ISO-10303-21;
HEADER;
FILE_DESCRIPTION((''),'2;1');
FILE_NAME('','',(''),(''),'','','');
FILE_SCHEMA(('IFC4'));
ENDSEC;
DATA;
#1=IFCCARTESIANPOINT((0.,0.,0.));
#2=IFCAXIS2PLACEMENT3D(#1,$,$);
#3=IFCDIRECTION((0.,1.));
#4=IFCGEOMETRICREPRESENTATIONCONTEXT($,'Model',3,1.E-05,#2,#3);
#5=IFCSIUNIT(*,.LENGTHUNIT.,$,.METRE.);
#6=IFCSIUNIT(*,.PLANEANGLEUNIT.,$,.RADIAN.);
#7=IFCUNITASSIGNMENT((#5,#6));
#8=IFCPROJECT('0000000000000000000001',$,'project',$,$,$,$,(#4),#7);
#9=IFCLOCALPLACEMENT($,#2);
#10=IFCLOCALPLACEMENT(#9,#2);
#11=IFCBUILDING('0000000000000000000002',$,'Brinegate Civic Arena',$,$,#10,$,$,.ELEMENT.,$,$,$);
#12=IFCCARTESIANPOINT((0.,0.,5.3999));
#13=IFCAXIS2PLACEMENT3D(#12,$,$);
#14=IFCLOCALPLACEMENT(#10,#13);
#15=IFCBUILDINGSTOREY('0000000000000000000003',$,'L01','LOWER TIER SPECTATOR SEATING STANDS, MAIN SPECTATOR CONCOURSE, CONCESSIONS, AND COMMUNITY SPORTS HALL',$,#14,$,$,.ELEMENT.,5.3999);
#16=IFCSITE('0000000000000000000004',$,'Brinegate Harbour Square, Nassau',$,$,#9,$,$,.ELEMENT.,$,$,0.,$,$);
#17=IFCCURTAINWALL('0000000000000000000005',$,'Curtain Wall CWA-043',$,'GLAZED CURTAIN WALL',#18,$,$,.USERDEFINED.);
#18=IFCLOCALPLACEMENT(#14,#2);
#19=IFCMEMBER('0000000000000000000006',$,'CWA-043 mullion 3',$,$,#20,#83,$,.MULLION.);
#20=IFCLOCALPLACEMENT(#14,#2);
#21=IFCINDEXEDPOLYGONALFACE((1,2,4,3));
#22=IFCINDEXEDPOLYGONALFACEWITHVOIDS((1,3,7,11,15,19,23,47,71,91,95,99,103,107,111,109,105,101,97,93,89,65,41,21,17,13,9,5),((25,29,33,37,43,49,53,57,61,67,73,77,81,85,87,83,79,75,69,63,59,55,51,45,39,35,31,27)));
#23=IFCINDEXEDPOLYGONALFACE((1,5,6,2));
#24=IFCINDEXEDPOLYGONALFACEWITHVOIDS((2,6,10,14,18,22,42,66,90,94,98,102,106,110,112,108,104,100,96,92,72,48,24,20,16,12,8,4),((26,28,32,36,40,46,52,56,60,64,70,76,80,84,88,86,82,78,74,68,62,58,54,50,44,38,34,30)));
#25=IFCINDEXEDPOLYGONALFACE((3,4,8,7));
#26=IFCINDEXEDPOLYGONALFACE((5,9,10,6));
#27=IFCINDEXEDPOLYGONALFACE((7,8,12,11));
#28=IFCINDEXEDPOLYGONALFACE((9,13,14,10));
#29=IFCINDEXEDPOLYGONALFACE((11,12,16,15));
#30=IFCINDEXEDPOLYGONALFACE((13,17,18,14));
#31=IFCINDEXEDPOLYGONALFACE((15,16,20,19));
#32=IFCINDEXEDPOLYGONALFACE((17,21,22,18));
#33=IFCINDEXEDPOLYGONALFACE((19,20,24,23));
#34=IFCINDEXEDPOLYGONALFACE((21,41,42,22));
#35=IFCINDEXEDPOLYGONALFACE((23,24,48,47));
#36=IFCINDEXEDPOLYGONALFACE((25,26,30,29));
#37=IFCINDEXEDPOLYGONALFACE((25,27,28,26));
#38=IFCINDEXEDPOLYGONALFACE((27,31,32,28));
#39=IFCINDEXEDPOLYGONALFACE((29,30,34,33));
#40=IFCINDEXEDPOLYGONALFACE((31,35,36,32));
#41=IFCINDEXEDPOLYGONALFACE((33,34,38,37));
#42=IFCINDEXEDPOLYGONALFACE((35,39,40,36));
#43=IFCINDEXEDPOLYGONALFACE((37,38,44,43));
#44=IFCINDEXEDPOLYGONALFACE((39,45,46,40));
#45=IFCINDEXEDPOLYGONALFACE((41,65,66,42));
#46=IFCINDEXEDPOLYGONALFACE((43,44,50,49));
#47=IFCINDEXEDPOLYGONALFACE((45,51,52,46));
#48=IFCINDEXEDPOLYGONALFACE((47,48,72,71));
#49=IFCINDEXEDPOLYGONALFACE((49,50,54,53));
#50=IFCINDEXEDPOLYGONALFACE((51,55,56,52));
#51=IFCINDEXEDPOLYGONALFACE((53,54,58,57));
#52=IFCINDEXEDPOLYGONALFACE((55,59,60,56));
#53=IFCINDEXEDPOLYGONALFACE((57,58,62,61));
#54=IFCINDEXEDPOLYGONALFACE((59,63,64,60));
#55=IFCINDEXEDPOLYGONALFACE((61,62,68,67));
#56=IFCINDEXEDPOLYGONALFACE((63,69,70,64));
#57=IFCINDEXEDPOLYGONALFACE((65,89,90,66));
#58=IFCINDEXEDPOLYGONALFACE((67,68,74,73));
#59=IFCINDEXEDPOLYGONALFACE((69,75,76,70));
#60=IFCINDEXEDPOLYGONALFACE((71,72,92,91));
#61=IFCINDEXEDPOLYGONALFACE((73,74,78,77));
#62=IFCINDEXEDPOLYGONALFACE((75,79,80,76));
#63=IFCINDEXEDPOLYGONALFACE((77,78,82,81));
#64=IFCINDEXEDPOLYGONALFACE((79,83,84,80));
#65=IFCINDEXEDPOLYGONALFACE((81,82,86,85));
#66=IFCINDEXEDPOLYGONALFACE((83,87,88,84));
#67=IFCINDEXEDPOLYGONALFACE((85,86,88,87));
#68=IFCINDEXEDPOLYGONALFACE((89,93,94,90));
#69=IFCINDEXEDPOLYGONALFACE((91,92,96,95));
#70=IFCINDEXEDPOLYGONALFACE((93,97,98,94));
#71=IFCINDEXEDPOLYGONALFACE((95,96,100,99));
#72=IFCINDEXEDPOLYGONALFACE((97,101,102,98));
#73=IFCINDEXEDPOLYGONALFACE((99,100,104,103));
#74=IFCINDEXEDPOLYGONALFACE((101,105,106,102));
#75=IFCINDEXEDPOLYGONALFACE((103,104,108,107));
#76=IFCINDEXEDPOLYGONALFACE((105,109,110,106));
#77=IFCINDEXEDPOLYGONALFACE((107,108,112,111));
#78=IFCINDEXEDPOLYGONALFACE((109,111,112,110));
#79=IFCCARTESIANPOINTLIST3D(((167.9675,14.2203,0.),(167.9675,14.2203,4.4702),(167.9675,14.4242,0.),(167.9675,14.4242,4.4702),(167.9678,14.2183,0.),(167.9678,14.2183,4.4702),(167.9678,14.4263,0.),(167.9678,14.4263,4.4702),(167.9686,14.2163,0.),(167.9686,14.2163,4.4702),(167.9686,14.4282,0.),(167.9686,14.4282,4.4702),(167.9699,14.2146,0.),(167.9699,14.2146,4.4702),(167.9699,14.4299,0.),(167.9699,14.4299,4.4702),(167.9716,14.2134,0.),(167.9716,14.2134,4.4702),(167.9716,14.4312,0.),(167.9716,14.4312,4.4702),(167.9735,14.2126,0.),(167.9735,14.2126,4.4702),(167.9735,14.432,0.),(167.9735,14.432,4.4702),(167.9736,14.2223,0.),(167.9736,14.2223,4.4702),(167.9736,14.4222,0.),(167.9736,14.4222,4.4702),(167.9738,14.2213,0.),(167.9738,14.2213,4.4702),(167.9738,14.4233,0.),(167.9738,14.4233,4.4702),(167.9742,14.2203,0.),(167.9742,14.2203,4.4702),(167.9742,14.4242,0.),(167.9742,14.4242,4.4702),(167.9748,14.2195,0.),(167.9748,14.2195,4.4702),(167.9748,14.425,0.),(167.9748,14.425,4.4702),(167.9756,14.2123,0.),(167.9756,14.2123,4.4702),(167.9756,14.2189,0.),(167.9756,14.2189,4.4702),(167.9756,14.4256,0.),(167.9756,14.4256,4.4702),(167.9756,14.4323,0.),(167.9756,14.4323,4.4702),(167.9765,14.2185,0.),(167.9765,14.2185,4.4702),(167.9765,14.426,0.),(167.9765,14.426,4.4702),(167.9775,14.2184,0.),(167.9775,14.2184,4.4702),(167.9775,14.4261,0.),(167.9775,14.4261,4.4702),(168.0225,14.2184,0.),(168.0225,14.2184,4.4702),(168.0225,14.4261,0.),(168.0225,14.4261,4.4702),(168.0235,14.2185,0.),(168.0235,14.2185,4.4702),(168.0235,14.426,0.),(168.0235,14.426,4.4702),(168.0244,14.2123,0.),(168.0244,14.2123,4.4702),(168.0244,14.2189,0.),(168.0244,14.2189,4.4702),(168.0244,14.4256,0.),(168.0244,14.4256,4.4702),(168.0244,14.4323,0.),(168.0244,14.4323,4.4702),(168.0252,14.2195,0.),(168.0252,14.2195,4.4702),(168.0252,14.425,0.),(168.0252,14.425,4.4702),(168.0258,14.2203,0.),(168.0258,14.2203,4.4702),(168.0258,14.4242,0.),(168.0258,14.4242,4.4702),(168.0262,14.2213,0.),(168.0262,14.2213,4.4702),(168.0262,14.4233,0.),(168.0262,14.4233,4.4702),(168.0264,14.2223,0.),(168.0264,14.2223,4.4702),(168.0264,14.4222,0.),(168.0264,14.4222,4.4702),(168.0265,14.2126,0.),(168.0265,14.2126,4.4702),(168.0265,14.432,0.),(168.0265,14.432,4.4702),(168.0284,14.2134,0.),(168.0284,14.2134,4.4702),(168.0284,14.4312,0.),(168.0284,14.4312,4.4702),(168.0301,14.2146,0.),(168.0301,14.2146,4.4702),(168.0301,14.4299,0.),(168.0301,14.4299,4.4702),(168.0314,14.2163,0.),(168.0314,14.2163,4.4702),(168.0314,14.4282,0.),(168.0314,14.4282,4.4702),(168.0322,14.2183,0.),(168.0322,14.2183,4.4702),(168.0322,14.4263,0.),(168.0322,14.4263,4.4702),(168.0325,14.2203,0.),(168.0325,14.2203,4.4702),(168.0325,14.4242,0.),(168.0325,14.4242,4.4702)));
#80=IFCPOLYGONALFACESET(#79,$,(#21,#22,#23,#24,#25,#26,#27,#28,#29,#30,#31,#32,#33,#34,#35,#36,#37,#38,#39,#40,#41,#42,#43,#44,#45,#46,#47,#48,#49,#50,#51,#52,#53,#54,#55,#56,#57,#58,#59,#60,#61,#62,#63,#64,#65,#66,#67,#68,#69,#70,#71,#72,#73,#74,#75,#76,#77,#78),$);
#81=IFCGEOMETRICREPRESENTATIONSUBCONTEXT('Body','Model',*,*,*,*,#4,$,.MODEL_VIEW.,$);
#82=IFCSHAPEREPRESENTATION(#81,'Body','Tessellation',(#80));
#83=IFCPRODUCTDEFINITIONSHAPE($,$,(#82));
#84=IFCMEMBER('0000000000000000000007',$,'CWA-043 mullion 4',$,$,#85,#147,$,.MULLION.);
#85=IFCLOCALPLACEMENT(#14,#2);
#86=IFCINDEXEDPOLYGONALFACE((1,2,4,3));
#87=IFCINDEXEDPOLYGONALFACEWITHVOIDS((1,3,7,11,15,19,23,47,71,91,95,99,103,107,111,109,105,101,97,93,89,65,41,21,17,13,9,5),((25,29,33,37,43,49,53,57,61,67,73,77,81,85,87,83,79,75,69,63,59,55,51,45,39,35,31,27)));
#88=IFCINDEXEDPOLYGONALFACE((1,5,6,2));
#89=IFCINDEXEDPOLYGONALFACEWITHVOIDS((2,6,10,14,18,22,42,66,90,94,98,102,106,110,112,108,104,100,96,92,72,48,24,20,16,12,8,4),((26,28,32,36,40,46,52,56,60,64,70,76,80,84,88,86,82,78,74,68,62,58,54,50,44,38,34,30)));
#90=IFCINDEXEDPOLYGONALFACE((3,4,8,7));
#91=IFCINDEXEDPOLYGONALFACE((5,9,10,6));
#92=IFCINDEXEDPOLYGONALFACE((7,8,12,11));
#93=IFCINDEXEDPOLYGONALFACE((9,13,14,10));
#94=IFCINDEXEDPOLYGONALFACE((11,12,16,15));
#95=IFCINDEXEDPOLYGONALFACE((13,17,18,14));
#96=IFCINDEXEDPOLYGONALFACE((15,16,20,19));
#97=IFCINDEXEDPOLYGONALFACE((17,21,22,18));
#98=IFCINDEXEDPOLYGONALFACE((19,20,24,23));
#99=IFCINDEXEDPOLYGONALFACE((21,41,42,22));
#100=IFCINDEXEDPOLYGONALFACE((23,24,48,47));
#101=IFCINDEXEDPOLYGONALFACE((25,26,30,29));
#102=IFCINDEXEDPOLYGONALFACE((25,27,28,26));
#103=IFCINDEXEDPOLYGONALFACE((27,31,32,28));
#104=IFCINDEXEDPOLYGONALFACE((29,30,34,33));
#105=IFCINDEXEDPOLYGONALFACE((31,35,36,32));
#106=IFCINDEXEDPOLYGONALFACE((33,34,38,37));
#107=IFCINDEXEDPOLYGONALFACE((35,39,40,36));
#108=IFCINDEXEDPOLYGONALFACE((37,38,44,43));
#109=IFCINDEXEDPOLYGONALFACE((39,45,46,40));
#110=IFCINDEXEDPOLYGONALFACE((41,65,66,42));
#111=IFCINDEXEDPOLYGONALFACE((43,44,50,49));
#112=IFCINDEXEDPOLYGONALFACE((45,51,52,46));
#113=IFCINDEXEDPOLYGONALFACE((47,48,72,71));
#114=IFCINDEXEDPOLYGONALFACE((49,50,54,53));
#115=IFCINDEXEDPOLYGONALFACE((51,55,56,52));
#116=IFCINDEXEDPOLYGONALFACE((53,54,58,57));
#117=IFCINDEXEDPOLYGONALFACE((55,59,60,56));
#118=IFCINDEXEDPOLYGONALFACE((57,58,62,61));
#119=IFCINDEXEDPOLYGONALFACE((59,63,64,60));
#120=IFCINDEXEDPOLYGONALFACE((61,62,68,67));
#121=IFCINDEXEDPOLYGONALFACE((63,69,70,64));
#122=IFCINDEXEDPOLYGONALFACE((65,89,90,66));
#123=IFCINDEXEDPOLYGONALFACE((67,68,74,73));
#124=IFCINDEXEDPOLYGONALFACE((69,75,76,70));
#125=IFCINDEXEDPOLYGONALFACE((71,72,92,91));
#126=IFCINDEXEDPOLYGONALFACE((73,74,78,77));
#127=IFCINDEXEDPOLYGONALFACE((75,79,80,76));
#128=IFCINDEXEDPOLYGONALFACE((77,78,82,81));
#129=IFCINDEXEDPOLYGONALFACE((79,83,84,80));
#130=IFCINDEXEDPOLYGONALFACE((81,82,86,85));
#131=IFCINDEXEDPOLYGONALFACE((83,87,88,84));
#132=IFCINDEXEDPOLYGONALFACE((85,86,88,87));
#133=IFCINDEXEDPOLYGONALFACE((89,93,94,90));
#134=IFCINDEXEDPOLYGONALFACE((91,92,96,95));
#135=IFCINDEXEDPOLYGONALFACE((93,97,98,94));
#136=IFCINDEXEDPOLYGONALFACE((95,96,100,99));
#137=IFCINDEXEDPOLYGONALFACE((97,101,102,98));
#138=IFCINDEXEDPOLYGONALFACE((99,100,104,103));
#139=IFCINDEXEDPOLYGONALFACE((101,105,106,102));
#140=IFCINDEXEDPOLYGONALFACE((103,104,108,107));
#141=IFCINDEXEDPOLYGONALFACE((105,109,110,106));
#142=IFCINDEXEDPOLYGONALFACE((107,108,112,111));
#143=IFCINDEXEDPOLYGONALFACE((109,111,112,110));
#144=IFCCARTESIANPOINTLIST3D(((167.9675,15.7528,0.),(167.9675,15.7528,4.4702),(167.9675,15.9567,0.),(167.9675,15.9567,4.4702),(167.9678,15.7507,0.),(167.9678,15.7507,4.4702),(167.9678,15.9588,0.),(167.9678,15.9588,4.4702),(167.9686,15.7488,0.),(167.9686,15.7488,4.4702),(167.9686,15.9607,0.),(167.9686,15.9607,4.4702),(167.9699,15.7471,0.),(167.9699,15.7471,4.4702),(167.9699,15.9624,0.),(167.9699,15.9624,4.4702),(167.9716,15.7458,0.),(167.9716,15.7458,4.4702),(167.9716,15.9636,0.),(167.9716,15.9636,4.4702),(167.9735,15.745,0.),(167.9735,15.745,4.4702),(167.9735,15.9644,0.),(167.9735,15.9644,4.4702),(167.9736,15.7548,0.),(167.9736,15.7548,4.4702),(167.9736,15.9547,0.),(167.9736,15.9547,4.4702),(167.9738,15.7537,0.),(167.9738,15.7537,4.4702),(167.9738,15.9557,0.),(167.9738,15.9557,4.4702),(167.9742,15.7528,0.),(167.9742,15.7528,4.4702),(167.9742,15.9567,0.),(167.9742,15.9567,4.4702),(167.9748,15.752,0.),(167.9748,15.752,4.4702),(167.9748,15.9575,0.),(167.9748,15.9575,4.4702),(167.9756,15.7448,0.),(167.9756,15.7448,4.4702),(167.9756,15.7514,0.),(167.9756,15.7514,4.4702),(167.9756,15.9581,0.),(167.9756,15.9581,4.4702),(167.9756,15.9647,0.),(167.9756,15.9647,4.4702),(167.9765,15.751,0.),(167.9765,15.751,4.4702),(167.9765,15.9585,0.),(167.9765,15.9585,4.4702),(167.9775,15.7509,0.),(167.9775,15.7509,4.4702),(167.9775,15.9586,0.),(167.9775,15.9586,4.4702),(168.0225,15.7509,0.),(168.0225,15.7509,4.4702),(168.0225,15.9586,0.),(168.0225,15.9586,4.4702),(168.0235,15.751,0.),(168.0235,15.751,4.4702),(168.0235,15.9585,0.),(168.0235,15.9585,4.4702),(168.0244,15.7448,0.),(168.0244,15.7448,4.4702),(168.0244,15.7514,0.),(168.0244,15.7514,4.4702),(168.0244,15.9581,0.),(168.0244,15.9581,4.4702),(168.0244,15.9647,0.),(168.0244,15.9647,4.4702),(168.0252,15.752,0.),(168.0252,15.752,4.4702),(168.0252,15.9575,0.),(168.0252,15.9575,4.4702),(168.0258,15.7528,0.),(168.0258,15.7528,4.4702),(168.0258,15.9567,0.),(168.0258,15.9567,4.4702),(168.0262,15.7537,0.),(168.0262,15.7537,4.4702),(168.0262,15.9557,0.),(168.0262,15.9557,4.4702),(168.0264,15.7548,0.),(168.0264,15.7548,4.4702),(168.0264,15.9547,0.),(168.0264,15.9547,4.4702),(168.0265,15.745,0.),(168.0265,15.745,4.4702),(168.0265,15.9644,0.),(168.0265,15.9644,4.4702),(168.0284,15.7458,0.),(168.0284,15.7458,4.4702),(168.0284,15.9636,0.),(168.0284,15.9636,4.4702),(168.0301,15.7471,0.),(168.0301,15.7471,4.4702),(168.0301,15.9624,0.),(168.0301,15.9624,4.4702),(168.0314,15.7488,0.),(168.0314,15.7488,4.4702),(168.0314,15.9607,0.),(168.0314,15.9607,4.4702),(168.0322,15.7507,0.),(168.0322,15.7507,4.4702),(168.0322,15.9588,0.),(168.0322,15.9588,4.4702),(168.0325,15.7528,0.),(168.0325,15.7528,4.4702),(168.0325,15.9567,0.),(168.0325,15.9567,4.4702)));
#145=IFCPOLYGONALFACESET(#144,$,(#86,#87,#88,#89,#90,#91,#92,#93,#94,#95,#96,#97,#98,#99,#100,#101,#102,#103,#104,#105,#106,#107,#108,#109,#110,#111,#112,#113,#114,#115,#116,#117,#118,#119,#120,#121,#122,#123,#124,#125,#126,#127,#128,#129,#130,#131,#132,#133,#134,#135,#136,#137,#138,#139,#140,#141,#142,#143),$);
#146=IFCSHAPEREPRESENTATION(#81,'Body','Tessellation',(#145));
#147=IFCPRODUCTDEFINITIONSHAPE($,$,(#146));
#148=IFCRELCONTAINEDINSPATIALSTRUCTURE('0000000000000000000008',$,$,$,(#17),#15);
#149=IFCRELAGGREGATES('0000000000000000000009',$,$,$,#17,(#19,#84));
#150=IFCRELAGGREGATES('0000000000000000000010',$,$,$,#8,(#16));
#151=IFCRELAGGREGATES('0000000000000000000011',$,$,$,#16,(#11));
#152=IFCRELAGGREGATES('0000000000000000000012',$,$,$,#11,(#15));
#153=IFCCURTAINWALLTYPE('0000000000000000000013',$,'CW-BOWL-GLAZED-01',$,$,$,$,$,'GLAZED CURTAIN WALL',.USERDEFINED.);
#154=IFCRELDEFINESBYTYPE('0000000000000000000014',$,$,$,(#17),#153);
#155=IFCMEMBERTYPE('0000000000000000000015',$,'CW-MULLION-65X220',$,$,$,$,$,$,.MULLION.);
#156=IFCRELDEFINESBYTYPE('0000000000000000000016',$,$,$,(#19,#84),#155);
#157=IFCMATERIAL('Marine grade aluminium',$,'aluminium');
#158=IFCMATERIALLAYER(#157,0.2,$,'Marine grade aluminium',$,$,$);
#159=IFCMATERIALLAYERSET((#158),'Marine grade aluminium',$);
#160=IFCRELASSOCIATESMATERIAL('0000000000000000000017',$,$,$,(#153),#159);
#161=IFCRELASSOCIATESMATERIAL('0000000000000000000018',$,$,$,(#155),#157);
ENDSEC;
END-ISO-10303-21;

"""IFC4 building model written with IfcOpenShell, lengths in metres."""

from ifc_helpers import new_model, si_unit, direction, frame, origin, origin_2d, place, context, subcontext, project, spatial, hollow_rectangle, extrude, material, layer, layer_set, material_profile, profile_set, type_object, element, aggregate, save


model = new_model("IFC4")

# Units and contexts
model_context = context("Model", 3, precision=1e-05, world=origin(), true_north=direction((0.0, 1.0)))
body_context = subcontext(model_context, "Body", "Model", "MODEL_VIEW")
ifc_project = project(units=[si_unit("LENGTHUNIT", "METRE"), si_unit("PLANEANGLEUNIT", "RADIAN")], contexts=[model_context])

# Site, building, storey
site_placement = place(None, origin())
site = spatial("IfcSite", under=ifc_project, at=site_placement, Name="Brinegate Harbour Square, Nassau", CompositionType="ELEMENT", RefElevation=0.0)
building_placement = place(site_placement, origin())
building = spatial("IfcBuilding", under=site, at=building_placement, Name="Brinegate Civic Arena", CompositionType="ELEMENT")
storey_placement = place(building_placement, frame((0.0, 0.0, 5.3999)))
storey = spatial("IfcBuildingStorey", under=building, at=storey_placement, Name="L01", Description="LOWER TIER SPECTATOR SEATING STANDS, MAIN SPECTATOR CONCOURSE, CONCESSIONS, AND COMMUNITY SPORTS HALL", CompositionType="ELEMENT", Elevation=5.3999)

# Curtain wall, members
ifc_material_1 = material(Name="Marine grade aluminium", Category="aluminium")
ifc_layer_1 = layer(ifc_material_1, 0.2, Name="Marine grade aluminium")
ifc_layer_set_1 = layer_set([ifc_layer_1], Name="Marine grade aluminium")
curtain_wall_type = type_object("IfcCurtainWallType", Name="CW-BOWL-GLAZED-01", ElementType="GLAZED CURTAIN WALL", PredefinedType="USERDEFINED", material=ifc_layer_set_1)
curtain_wall_placement = place(storey_placement, origin())
curtain_wall = element("IfcCurtainWall", 1, at=curtain_wall_placement, inside=storey, type_object=curtain_wall_type, Name="Curtain Wall CWA-043", ObjectType="GLAZED CURTAIN WALL", PredefinedType="USERDEFINED")
ifc_material_profile_1 = material_profile(ifc_material_1, hollow_rectangle(XDim=0.0649, YDim=0.22, WallThickness=0.0061, InnerFilletRadius=0.0039, OuterFilletRadius=0.0081, at=origin_2d()), Name="MUL65X220")
ifc_profile_set_1 = profile_set([ifc_material_profile_1], Name="Marine grade aluminium")
member_type_1 = type_object("IfcMemberType", Name="CW-MULLION-65X220", PredefinedType="MULLION", material=ifc_profile_set_1)
member_1_placement = place(storey_placement, frame((168.0, 14.3223, 0.0), z_axis=(0.0, 0.0, 1.0), x_axis=(-1.0, 0.0, 0.0)))
member_1 = element("IfcMember", 2, at=member_1_placement, type_object=member_type_1, Name="CWA-043 mullion 3", PredefinedType="MULLION", context=body_context, shape_type="SweptSolid", body=[
    extrude(hollow_rectangle(XDim=0.0649, YDim=0.22, WallThickness=0.0061, InnerFilletRadius=0.0039, OuterFilletRadius=0.0081, at=origin_2d()), origin(), (0.0, 0.0, 1.0), 4.4702),
])
member_2_placement = place(storey_placement, frame((168.0, 15.8547, 0.0), z_axis=(0.0, 0.0, 1.0), x_axis=(-1.0, 0.0, 0.0)))
member_2 = element("IfcMember", 3, at=member_2_placement, type_object=member_type_1, Name="CWA-043 mullion 4", PredefinedType="MULLION", context=body_context, shape_type="SweptSolid", body=[
    extrude(hollow_rectangle(XDim=0.0649, YDim=0.22, WallThickness=0.0061, InnerFilletRadius=0.0039, OuterFilletRadius=0.0081, at=origin_2d()), origin(), (0.0, 0.0, 1.0), 4.4702),
])
aggregate(curtain_wall, [member_1, member_2])

save(model, "model.ifc")
